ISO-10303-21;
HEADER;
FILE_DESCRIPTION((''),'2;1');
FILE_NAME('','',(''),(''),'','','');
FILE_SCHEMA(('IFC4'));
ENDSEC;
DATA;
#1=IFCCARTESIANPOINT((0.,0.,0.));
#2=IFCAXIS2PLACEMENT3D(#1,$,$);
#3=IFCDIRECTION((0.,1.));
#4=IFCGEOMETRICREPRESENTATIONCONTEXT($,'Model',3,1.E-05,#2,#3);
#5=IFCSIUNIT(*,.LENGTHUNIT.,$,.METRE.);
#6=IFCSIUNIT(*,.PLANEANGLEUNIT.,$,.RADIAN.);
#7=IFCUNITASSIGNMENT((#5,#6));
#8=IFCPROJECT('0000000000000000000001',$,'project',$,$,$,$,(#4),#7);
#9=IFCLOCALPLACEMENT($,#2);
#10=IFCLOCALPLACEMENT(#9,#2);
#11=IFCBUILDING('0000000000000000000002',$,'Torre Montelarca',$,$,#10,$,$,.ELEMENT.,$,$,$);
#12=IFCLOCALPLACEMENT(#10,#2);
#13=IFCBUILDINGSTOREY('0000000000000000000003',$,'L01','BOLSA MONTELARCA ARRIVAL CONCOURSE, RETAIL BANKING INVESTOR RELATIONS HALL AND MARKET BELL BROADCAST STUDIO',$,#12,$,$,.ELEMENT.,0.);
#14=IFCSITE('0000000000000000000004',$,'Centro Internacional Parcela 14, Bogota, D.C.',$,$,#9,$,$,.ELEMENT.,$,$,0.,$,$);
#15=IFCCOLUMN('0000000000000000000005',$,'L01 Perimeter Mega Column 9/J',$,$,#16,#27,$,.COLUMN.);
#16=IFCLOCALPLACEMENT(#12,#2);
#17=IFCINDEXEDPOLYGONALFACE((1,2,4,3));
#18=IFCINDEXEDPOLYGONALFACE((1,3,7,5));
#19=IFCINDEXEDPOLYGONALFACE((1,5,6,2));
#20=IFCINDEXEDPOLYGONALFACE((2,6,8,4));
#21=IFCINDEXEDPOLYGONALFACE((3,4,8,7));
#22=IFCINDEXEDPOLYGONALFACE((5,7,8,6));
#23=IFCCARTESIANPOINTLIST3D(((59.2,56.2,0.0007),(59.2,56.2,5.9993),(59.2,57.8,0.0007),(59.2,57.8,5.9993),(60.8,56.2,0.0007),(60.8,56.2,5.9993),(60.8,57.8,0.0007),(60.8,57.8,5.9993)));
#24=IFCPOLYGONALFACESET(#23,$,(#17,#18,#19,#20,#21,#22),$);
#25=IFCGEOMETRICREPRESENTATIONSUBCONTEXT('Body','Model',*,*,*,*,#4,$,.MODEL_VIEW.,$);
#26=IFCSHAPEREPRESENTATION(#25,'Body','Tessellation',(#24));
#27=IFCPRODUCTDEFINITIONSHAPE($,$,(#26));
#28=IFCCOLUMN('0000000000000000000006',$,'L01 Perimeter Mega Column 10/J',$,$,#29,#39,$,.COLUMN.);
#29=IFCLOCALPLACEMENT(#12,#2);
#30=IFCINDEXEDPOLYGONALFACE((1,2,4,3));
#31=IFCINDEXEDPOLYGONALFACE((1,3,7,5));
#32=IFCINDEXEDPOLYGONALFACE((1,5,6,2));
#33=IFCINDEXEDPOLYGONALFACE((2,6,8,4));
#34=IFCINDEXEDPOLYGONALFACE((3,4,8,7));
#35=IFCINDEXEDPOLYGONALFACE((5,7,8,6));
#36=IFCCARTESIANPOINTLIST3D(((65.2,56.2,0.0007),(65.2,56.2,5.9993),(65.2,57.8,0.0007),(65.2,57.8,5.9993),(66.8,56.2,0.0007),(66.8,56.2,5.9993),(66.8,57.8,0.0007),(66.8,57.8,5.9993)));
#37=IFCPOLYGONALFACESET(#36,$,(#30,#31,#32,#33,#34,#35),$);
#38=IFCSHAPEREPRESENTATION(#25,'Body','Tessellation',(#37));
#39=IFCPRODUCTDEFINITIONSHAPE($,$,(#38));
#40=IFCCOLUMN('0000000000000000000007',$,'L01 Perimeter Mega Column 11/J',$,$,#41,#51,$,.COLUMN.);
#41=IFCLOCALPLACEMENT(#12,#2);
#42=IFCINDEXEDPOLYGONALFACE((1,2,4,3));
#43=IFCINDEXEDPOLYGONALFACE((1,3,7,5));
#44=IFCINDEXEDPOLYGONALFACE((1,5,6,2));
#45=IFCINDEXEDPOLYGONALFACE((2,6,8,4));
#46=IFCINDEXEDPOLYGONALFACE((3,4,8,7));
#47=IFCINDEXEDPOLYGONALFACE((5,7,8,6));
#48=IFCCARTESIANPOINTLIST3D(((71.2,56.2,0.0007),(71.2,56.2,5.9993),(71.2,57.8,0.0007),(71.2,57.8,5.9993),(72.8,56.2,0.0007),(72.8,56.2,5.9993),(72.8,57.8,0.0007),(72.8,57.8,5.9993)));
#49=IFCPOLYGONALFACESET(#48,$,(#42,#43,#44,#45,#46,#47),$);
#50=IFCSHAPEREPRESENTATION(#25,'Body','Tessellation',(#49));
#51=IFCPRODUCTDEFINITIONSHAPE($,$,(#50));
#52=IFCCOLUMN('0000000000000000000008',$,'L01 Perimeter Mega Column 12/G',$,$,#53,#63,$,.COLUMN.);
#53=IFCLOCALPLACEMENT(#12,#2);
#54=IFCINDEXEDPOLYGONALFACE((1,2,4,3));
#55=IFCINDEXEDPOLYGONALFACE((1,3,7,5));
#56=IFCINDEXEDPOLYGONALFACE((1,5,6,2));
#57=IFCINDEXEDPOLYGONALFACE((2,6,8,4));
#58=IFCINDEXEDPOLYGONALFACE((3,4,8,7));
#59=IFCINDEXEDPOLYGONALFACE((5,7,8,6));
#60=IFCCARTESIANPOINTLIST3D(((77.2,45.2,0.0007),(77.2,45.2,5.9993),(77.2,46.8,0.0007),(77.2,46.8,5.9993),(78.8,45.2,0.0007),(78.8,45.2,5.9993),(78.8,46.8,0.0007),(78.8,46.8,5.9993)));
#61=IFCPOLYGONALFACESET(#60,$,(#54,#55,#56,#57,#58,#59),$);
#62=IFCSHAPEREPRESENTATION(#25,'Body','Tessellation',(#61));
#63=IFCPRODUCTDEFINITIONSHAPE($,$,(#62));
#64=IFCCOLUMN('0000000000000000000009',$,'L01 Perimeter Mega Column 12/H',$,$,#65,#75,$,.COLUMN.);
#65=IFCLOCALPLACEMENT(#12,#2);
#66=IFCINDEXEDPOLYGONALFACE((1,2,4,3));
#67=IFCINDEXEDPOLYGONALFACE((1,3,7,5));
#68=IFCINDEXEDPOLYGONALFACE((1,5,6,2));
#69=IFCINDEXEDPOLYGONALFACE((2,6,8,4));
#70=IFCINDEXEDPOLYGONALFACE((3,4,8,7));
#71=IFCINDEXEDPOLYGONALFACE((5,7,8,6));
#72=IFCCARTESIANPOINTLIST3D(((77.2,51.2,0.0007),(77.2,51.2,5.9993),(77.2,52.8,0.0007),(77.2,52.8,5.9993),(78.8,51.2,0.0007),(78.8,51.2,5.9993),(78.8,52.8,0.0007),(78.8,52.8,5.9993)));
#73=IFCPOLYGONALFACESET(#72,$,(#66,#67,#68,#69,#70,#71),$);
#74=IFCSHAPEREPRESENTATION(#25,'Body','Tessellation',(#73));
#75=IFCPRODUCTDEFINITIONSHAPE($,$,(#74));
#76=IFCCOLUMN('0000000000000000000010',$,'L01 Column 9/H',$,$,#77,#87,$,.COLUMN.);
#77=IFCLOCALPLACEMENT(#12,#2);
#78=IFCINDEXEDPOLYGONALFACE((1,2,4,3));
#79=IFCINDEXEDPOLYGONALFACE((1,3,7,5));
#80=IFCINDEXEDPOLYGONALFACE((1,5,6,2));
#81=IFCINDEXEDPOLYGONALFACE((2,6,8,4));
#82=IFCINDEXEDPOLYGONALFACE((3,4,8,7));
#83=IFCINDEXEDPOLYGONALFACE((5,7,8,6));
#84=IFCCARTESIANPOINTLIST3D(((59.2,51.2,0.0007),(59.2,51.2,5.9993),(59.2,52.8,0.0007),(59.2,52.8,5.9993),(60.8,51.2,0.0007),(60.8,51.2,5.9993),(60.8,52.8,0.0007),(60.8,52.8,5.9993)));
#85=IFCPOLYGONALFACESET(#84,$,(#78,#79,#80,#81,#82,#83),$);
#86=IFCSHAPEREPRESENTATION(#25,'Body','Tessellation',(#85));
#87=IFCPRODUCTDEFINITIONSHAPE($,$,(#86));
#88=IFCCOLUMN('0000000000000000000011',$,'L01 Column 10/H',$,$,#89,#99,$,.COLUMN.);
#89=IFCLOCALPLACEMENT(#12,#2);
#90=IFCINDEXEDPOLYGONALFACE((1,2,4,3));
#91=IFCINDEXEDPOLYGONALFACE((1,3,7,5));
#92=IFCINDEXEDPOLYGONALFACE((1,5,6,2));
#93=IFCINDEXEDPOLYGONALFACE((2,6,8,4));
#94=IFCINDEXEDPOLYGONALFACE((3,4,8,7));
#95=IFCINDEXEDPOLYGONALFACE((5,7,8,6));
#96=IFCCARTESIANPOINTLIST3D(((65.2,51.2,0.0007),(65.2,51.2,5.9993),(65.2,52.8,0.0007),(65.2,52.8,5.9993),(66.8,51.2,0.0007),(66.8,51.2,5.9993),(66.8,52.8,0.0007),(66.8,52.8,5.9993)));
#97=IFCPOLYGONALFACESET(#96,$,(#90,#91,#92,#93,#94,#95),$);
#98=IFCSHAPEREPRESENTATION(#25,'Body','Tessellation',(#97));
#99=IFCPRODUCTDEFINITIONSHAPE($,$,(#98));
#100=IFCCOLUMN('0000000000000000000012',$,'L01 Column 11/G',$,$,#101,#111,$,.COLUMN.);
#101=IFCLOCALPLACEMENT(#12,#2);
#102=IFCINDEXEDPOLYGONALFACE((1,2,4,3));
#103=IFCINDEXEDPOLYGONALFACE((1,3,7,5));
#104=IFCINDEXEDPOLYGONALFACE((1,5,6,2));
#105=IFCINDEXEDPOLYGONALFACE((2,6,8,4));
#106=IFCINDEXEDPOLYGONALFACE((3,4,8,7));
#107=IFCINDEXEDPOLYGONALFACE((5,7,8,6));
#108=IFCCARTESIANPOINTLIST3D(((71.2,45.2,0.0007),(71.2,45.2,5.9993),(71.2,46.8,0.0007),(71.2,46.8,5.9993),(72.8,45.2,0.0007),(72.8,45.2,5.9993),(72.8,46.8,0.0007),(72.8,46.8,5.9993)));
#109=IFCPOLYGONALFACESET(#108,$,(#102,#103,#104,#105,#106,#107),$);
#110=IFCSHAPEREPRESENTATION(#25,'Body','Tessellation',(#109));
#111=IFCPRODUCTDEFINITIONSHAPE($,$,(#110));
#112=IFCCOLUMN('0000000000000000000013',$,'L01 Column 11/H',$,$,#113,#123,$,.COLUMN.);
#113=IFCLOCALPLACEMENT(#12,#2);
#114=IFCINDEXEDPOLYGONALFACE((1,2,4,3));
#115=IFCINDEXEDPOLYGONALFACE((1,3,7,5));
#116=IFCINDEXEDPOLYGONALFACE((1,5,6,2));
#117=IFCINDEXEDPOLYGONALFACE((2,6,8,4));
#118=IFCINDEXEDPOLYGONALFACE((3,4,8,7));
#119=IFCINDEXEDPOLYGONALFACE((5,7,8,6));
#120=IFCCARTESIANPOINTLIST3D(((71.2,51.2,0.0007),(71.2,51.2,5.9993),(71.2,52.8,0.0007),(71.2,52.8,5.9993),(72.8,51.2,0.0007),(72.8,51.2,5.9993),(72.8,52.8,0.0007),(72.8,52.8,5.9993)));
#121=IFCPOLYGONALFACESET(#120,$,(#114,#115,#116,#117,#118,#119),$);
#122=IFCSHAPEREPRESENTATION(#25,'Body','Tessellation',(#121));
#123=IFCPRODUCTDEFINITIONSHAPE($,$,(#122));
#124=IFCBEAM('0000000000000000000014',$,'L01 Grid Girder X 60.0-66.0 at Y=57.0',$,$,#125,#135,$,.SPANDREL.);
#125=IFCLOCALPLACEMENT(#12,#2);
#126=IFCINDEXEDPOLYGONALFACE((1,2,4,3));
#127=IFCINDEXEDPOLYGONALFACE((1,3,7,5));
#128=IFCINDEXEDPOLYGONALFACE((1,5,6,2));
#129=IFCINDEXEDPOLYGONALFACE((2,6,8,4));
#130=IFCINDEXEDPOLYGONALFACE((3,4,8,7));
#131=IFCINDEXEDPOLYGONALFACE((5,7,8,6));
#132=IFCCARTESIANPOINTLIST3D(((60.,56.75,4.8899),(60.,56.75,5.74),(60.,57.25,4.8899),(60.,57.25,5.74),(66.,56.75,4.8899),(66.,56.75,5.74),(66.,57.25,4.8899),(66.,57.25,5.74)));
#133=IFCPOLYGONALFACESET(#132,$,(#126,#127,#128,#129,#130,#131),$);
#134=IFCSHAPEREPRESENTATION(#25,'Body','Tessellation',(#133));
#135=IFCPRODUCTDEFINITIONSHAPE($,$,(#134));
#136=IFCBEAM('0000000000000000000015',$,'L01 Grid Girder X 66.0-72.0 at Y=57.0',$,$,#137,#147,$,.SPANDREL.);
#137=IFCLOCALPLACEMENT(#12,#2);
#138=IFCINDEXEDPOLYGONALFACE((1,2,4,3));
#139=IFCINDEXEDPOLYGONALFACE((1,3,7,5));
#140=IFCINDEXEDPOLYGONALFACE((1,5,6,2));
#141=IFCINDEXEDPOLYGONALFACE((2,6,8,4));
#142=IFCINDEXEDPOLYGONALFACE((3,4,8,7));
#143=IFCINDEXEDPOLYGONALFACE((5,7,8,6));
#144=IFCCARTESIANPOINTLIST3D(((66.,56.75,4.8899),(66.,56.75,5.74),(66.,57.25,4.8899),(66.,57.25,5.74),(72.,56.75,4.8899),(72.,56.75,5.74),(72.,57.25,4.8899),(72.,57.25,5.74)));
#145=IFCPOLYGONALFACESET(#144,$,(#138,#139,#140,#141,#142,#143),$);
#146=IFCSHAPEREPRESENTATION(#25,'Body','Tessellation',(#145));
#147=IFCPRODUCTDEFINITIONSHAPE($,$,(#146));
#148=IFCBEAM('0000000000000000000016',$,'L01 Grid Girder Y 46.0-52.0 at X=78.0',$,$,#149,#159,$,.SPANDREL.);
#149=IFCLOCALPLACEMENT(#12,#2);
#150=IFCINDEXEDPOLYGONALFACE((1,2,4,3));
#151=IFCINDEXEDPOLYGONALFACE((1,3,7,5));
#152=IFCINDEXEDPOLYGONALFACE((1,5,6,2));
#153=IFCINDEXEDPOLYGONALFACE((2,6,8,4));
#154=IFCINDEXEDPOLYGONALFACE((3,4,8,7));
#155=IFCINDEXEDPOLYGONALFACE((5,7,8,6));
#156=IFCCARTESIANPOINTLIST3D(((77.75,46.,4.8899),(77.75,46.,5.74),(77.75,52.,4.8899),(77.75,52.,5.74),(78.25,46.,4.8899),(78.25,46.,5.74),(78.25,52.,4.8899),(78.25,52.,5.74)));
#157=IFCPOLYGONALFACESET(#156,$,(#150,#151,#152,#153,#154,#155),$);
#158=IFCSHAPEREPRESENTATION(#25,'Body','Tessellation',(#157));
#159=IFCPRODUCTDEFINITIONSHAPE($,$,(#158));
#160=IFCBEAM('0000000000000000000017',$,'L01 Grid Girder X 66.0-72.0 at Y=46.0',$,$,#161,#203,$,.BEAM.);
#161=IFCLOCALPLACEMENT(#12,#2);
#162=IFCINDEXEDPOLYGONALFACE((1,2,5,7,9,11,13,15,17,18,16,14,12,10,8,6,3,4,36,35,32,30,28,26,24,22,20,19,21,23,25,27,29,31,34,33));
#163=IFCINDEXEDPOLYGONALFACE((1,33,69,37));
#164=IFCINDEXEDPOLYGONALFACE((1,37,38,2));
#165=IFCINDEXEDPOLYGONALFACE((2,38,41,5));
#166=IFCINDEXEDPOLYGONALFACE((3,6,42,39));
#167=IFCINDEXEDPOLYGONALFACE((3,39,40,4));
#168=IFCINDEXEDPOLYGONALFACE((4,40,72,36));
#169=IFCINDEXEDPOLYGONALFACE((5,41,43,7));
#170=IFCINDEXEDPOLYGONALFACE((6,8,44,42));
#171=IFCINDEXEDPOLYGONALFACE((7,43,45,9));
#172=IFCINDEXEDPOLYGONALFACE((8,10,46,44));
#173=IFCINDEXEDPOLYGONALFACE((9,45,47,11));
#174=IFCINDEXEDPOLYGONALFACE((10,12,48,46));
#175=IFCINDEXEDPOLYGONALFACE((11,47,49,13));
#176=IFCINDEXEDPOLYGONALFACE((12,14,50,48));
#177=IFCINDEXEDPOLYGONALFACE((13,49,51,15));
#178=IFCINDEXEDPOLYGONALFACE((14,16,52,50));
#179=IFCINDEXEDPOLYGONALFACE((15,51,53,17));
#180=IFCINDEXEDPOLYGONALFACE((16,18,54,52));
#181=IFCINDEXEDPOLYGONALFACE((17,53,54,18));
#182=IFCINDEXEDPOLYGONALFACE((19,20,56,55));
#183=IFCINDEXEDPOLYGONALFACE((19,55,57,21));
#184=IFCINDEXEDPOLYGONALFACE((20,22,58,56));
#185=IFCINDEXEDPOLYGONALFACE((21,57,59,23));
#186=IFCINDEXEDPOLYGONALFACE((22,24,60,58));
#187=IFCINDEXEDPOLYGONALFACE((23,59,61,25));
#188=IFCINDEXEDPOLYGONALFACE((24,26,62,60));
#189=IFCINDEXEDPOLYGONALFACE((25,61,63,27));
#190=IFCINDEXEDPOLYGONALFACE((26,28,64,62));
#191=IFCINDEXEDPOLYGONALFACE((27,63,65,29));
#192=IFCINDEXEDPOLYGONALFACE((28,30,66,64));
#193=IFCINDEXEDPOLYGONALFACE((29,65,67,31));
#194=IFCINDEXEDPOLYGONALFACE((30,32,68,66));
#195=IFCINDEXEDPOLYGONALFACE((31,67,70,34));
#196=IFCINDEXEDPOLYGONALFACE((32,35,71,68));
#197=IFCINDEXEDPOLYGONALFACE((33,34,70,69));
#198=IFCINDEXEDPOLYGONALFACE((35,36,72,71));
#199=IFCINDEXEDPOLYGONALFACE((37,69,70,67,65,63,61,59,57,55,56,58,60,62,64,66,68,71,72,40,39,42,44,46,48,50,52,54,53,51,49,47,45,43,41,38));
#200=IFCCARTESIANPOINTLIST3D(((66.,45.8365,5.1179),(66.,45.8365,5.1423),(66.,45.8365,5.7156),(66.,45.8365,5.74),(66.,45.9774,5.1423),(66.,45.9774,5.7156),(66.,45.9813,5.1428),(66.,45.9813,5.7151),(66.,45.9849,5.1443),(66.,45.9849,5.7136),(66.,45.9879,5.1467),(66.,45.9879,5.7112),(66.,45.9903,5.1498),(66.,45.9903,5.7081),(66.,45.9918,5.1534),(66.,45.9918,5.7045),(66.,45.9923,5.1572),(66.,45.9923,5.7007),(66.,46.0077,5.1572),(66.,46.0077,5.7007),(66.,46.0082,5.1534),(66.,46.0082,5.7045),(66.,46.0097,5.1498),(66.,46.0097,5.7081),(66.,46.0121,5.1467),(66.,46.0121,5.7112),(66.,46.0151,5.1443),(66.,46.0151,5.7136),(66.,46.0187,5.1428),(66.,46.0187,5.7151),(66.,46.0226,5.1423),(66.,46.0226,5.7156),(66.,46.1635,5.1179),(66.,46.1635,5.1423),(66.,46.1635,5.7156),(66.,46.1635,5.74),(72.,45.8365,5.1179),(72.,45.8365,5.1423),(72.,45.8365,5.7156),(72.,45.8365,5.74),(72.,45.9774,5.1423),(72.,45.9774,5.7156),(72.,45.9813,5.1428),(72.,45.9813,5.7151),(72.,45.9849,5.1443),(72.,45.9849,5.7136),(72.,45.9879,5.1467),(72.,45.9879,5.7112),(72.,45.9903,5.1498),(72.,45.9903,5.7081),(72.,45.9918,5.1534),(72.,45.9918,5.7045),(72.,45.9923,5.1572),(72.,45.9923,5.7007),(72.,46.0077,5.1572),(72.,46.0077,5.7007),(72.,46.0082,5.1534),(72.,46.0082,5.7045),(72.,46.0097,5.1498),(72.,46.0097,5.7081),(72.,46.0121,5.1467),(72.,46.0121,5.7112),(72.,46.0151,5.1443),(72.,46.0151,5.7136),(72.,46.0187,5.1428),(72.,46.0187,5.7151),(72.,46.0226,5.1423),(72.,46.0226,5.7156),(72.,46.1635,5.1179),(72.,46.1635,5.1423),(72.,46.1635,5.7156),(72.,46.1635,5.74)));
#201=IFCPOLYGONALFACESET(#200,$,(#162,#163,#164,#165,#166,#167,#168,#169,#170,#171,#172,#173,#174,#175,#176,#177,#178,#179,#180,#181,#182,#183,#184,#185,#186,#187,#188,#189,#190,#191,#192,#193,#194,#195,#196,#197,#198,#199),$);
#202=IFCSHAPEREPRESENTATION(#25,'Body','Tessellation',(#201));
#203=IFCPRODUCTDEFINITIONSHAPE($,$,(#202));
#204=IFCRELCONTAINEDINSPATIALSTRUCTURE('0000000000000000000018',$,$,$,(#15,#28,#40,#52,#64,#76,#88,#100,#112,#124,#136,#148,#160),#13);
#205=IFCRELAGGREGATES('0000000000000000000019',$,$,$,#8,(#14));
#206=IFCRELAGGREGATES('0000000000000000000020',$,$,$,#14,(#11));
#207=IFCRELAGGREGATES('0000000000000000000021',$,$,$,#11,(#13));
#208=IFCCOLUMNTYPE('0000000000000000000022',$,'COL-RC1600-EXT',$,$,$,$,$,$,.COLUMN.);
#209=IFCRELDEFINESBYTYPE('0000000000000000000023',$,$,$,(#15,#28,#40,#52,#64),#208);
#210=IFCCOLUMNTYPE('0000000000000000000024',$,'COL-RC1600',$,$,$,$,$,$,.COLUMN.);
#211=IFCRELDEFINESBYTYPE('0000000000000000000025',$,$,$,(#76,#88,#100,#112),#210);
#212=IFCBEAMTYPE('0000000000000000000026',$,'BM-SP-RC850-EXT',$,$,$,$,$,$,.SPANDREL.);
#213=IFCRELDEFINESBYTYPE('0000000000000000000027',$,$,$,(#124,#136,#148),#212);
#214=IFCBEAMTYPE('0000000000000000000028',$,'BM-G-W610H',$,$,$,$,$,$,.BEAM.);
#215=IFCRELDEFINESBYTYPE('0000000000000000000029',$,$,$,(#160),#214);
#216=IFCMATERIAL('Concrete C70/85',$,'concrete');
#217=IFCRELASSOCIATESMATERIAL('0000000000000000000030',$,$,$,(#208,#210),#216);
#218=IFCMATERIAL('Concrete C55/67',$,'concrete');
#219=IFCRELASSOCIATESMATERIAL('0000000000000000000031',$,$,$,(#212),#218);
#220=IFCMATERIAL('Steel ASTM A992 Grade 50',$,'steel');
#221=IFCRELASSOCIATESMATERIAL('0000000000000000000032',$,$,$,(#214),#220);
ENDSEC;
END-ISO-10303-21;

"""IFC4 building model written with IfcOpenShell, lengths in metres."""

from ifc_helpers import new_model, si_unit, direction, frame, origin, origin_2d, place, context, subcontext, project, spatial, rectangle, i_section, extrude, source, transform, mapped, material, material_profile, profile_set, type_object, element, save


model = new_model("IFC4")

# Units and contexts
model_context = context("Model", 3, precision=1e-05, world=origin(), true_north=direction((0.0, 1.0)))
body_context = subcontext(model_context, "Body", "Model", "MODEL_VIEW")
ifc_project = project(units=[si_unit("LENGTHUNIT", "METRE"), si_unit("PLANEANGLEUNIT", "RADIAN")], contexts=[model_context])

# Site, building, storey
site_placement = place(None, origin())
site = spatial("IfcSite", under=ifc_project, at=site_placement, Name="Centro Internacional Parcela 14, Bogota, D.C.", CompositionType="ELEMENT", RefElevation=0.0)
building_placement = place(site_placement, origin())
building = spatial("IfcBuilding", under=site, at=building_placement, Name="Torre Montelarca", CompositionType="ELEMENT")
storey_placement = place(building_placement, origin())
storey = spatial("IfcBuildingStorey", under=building, at=storey_placement, Name="L01", Description="BOLSA MONTELARCA ARRIVAL CONCOURSE, RETAIL BANKING INVESTOR RELATIONS HALL AND MARKET BELL BROADCAST STUDIO", CompositionType="ELEMENT", Elevation=0.0)

# Columns
ifc_material_1 = material(Name="Concrete C70/85", Category="concrete")
ifc_material_profile_1 = material_profile(ifc_material_1, rectangle(XDim=1.6001, YDim=1.6001, at=origin_2d()), Name="RC1600X1600", Category="concrete")
ifc_profile_set_1 = profile_set([ifc_material_profile_1], Name="Concrete C70/85")
column_type_1 = type_object("IfcColumnType", Name="COL-RC1600-EXT", PredefinedType="COLUMN", material=ifc_profile_set_1)
shared_shape_1 = source(origin(), body_context, "Body", "SweptSolid", [
    extrude(rectangle(XDim=1.6001, YDim=1.6001, at=origin_2d()), origin(), (0.0, 0.0, 1.0), 5.9985),
])
for number, where, z_axis, x_axis, name in (
    (1, (60.0, 57.0, 0.0007), (0.0, 0.0, 1.0), (1.0, 0.0, 0.0), "L01 Perimeter Mega Column 9/J"),
    (2, (66.0, 57.0, 0.0007), (0.0, 0.0, 1.0), (1.0, 0.0, 0.0), "L01 Perimeter Mega Column 10/J"),
    (3, (72.0, 57.0, 0.0007), (0.0, 0.0, 1.0), (1.0, 0.0, 0.0), "L01 Perimeter Mega Column 11/J"),
    (4, (78.0, 46.0, 0.0007), (0.0, 0.0, 1.0), (1.0, 0.0, 0.0), "L01 Perimeter Mega Column 12/G"),
    (5, (78.0, 52.0, 0.0007), (0.0, 0.0, 1.0), (1.0, 0.0, 0.0), "L01 Perimeter Mega Column 12/H"),
):
    element("IfcColumn", number, at=place(storey_placement, frame(where, z_axis=z_axis, x_axis=x_axis)), inside=storey, type_object=column_type_1, Name=name, PredefinedType="COLUMN", context=body_context, shape_type="MappedRepresentation", body=[
        mapped(shared_shape_1, transform((0.0, 0.0, 0.0), scale=1.0)),
    ])
ifc_material_profile_2 = material_profile(ifc_material_1, rectangle(XDim=1.6001, YDim=1.6001, at=origin_2d()), Name="RC1600X1600", Category="concrete")
ifc_profile_set_2 = profile_set([ifc_material_profile_2], Name="Concrete C70/85")
column_type_2 = type_object("IfcColumnType", Name="COL-RC1600", PredefinedType="COLUMN", material=ifc_profile_set_2)
shared_shape_2 = source(origin(), body_context, "Body", "SweptSolid", [
    extrude(rectangle(XDim=1.6001, YDim=1.6001, at=origin_2d()), origin(), (0.0, 0.0, 1.0), 5.9985),
])
for number, where, z_axis, x_axis, name in (
    (6, (60.0, 52.0, 0.0007), (0.0, 0.0, 1.0), (1.0, 0.0, 0.0), "L01 Column 9/H"),
    (7, (66.0, 52.0, 0.0007), (0.0, 0.0, 1.0), (1.0, 0.0, 0.0), "L01 Column 10/H"),
    (8, (72.0, 46.0, 0.0007), (0.0, 0.0, 1.0), (1.0, 0.0, 0.0), "L01 Column 11/G"),
    (9, (72.0, 52.0, 0.0007), (0.0, 0.0, 1.0), (1.0, 0.0, 0.0), "L01 Column 11/H"),
):
    element("IfcColumn", number, at=place(storey_placement, frame(where, z_axis=z_axis, x_axis=x_axis)), inside=storey, type_object=column_type_2, Name=name, PredefinedType="COLUMN", context=body_context, shape_type="MappedRepresentation", body=[
        mapped(shared_shape_2, transform((0.0, 0.0, 0.0), scale=1.0)),
    ])

# Beams
ifc_material_2 = material(Name="Concrete C55/67", Category="concrete")
ifc_material_profile_3 = material_profile(ifc_material_2, rectangle(XDim=0.5, YDim=0.8501, at=origin_2d()), Name="RCB500X850", Category="concrete")
ifc_profile_set_3 = profile_set([ifc_material_profile_3], Name="Concrete C55/67")
beam_type_1 = type_object("IfcBeamType", Name="BM-SP-RC850-EXT", PredefinedType="SPANDREL", material=ifc_profile_set_3)
shared_shape_3 = source(origin(), body_context, "Body", "SweptSolid", [
    extrude(rectangle(XDim=0.5, YDim=0.8501, at=origin_2d()), origin(), (0.0, 0.0, 1.0), 6.0),
])
for number, where, z_axis, x_axis, name in (
    (10, (60.0, 57.0, 5.3149), (1.0, 0.0, 0.0), (0.0, 1.0, 0.0), "L01 Grid Girder X 60.0-66.0 at Y=57.0"),
    (11, (66.0, 57.0, 5.3149), (1.0, 0.0, 0.0), (0.0, 1.0, 0.0), "L01 Grid Girder X 66.0-72.0 at Y=57.0"),
    (12, (78.0, 46.0, 5.3149), (0.0, 1.0, 0.0), (-1.0, 0.0, 0.0), "L01 Grid Girder Y 46.0-52.0 at X=78.0"),
):
    element("IfcBeam", number, at=place(storey_placement, frame(where, z_axis=z_axis, x_axis=x_axis)), inside=storey, type_object=beam_type_1, Name=name, PredefinedType="SPANDREL", context=body_context, shape_type="MappedRepresentation", body=[
        mapped(shared_shape_3, transform((0.0, 0.0, 0.0), scale=1.0)),
    ])
ifc_material_3 = material(Name="Steel ASTM A992 Grade 50", Category="steel")
ifc_material_profile_4 = material_profile(ifc_material_3, i_section(OverallWidth=0.3269, OverallDepth=0.6221, WebThickness=0.0154, FlangeThickness=0.0244, FilletRadius=0.0149, at=origin_2d()), Name="W610X195", Category="steel")
ifc_profile_set_4 = profile_set([ifc_material_profile_4], Name="Steel ASTM A992 Grade 50")
beam_type_2 = type_object("IfcBeamType", Name="BM-G-W610H", PredefinedType="BEAM", material=ifc_profile_set_4)
shared_shape_4 = source(origin(), body_context, "Body", "SweptSolid", [
    extrude(i_section(OverallWidth=0.3269, OverallDepth=0.6221, WebThickness=0.0154, FlangeThickness=0.0244, FilletRadius=0.0149, at=origin_2d()), origin(), (0.0, 0.0, 1.0), 6.0),
])
for number, where, z_axis, x_axis, name in (
    (13, (66.0, 46.0, 5.429), (1.0, 0.0, 0.0), (0.0, 1.0, 0.0), "L01 Grid Girder X 66.0-72.0 at Y=46.0"),
):
    element("IfcBeam", number, at=place(storey_placement, frame(where, z_axis=z_axis, x_axis=x_axis)), inside=storey, type_object=beam_type_2, Name=name, PredefinedType="BEAM", context=body_context, shape_type="MappedRepresentation", body=[
        mapped(shared_shape_4, transform((0.0, 0.0, 0.0), scale=1.0)),
    ])

save(model, "model.ifc")
